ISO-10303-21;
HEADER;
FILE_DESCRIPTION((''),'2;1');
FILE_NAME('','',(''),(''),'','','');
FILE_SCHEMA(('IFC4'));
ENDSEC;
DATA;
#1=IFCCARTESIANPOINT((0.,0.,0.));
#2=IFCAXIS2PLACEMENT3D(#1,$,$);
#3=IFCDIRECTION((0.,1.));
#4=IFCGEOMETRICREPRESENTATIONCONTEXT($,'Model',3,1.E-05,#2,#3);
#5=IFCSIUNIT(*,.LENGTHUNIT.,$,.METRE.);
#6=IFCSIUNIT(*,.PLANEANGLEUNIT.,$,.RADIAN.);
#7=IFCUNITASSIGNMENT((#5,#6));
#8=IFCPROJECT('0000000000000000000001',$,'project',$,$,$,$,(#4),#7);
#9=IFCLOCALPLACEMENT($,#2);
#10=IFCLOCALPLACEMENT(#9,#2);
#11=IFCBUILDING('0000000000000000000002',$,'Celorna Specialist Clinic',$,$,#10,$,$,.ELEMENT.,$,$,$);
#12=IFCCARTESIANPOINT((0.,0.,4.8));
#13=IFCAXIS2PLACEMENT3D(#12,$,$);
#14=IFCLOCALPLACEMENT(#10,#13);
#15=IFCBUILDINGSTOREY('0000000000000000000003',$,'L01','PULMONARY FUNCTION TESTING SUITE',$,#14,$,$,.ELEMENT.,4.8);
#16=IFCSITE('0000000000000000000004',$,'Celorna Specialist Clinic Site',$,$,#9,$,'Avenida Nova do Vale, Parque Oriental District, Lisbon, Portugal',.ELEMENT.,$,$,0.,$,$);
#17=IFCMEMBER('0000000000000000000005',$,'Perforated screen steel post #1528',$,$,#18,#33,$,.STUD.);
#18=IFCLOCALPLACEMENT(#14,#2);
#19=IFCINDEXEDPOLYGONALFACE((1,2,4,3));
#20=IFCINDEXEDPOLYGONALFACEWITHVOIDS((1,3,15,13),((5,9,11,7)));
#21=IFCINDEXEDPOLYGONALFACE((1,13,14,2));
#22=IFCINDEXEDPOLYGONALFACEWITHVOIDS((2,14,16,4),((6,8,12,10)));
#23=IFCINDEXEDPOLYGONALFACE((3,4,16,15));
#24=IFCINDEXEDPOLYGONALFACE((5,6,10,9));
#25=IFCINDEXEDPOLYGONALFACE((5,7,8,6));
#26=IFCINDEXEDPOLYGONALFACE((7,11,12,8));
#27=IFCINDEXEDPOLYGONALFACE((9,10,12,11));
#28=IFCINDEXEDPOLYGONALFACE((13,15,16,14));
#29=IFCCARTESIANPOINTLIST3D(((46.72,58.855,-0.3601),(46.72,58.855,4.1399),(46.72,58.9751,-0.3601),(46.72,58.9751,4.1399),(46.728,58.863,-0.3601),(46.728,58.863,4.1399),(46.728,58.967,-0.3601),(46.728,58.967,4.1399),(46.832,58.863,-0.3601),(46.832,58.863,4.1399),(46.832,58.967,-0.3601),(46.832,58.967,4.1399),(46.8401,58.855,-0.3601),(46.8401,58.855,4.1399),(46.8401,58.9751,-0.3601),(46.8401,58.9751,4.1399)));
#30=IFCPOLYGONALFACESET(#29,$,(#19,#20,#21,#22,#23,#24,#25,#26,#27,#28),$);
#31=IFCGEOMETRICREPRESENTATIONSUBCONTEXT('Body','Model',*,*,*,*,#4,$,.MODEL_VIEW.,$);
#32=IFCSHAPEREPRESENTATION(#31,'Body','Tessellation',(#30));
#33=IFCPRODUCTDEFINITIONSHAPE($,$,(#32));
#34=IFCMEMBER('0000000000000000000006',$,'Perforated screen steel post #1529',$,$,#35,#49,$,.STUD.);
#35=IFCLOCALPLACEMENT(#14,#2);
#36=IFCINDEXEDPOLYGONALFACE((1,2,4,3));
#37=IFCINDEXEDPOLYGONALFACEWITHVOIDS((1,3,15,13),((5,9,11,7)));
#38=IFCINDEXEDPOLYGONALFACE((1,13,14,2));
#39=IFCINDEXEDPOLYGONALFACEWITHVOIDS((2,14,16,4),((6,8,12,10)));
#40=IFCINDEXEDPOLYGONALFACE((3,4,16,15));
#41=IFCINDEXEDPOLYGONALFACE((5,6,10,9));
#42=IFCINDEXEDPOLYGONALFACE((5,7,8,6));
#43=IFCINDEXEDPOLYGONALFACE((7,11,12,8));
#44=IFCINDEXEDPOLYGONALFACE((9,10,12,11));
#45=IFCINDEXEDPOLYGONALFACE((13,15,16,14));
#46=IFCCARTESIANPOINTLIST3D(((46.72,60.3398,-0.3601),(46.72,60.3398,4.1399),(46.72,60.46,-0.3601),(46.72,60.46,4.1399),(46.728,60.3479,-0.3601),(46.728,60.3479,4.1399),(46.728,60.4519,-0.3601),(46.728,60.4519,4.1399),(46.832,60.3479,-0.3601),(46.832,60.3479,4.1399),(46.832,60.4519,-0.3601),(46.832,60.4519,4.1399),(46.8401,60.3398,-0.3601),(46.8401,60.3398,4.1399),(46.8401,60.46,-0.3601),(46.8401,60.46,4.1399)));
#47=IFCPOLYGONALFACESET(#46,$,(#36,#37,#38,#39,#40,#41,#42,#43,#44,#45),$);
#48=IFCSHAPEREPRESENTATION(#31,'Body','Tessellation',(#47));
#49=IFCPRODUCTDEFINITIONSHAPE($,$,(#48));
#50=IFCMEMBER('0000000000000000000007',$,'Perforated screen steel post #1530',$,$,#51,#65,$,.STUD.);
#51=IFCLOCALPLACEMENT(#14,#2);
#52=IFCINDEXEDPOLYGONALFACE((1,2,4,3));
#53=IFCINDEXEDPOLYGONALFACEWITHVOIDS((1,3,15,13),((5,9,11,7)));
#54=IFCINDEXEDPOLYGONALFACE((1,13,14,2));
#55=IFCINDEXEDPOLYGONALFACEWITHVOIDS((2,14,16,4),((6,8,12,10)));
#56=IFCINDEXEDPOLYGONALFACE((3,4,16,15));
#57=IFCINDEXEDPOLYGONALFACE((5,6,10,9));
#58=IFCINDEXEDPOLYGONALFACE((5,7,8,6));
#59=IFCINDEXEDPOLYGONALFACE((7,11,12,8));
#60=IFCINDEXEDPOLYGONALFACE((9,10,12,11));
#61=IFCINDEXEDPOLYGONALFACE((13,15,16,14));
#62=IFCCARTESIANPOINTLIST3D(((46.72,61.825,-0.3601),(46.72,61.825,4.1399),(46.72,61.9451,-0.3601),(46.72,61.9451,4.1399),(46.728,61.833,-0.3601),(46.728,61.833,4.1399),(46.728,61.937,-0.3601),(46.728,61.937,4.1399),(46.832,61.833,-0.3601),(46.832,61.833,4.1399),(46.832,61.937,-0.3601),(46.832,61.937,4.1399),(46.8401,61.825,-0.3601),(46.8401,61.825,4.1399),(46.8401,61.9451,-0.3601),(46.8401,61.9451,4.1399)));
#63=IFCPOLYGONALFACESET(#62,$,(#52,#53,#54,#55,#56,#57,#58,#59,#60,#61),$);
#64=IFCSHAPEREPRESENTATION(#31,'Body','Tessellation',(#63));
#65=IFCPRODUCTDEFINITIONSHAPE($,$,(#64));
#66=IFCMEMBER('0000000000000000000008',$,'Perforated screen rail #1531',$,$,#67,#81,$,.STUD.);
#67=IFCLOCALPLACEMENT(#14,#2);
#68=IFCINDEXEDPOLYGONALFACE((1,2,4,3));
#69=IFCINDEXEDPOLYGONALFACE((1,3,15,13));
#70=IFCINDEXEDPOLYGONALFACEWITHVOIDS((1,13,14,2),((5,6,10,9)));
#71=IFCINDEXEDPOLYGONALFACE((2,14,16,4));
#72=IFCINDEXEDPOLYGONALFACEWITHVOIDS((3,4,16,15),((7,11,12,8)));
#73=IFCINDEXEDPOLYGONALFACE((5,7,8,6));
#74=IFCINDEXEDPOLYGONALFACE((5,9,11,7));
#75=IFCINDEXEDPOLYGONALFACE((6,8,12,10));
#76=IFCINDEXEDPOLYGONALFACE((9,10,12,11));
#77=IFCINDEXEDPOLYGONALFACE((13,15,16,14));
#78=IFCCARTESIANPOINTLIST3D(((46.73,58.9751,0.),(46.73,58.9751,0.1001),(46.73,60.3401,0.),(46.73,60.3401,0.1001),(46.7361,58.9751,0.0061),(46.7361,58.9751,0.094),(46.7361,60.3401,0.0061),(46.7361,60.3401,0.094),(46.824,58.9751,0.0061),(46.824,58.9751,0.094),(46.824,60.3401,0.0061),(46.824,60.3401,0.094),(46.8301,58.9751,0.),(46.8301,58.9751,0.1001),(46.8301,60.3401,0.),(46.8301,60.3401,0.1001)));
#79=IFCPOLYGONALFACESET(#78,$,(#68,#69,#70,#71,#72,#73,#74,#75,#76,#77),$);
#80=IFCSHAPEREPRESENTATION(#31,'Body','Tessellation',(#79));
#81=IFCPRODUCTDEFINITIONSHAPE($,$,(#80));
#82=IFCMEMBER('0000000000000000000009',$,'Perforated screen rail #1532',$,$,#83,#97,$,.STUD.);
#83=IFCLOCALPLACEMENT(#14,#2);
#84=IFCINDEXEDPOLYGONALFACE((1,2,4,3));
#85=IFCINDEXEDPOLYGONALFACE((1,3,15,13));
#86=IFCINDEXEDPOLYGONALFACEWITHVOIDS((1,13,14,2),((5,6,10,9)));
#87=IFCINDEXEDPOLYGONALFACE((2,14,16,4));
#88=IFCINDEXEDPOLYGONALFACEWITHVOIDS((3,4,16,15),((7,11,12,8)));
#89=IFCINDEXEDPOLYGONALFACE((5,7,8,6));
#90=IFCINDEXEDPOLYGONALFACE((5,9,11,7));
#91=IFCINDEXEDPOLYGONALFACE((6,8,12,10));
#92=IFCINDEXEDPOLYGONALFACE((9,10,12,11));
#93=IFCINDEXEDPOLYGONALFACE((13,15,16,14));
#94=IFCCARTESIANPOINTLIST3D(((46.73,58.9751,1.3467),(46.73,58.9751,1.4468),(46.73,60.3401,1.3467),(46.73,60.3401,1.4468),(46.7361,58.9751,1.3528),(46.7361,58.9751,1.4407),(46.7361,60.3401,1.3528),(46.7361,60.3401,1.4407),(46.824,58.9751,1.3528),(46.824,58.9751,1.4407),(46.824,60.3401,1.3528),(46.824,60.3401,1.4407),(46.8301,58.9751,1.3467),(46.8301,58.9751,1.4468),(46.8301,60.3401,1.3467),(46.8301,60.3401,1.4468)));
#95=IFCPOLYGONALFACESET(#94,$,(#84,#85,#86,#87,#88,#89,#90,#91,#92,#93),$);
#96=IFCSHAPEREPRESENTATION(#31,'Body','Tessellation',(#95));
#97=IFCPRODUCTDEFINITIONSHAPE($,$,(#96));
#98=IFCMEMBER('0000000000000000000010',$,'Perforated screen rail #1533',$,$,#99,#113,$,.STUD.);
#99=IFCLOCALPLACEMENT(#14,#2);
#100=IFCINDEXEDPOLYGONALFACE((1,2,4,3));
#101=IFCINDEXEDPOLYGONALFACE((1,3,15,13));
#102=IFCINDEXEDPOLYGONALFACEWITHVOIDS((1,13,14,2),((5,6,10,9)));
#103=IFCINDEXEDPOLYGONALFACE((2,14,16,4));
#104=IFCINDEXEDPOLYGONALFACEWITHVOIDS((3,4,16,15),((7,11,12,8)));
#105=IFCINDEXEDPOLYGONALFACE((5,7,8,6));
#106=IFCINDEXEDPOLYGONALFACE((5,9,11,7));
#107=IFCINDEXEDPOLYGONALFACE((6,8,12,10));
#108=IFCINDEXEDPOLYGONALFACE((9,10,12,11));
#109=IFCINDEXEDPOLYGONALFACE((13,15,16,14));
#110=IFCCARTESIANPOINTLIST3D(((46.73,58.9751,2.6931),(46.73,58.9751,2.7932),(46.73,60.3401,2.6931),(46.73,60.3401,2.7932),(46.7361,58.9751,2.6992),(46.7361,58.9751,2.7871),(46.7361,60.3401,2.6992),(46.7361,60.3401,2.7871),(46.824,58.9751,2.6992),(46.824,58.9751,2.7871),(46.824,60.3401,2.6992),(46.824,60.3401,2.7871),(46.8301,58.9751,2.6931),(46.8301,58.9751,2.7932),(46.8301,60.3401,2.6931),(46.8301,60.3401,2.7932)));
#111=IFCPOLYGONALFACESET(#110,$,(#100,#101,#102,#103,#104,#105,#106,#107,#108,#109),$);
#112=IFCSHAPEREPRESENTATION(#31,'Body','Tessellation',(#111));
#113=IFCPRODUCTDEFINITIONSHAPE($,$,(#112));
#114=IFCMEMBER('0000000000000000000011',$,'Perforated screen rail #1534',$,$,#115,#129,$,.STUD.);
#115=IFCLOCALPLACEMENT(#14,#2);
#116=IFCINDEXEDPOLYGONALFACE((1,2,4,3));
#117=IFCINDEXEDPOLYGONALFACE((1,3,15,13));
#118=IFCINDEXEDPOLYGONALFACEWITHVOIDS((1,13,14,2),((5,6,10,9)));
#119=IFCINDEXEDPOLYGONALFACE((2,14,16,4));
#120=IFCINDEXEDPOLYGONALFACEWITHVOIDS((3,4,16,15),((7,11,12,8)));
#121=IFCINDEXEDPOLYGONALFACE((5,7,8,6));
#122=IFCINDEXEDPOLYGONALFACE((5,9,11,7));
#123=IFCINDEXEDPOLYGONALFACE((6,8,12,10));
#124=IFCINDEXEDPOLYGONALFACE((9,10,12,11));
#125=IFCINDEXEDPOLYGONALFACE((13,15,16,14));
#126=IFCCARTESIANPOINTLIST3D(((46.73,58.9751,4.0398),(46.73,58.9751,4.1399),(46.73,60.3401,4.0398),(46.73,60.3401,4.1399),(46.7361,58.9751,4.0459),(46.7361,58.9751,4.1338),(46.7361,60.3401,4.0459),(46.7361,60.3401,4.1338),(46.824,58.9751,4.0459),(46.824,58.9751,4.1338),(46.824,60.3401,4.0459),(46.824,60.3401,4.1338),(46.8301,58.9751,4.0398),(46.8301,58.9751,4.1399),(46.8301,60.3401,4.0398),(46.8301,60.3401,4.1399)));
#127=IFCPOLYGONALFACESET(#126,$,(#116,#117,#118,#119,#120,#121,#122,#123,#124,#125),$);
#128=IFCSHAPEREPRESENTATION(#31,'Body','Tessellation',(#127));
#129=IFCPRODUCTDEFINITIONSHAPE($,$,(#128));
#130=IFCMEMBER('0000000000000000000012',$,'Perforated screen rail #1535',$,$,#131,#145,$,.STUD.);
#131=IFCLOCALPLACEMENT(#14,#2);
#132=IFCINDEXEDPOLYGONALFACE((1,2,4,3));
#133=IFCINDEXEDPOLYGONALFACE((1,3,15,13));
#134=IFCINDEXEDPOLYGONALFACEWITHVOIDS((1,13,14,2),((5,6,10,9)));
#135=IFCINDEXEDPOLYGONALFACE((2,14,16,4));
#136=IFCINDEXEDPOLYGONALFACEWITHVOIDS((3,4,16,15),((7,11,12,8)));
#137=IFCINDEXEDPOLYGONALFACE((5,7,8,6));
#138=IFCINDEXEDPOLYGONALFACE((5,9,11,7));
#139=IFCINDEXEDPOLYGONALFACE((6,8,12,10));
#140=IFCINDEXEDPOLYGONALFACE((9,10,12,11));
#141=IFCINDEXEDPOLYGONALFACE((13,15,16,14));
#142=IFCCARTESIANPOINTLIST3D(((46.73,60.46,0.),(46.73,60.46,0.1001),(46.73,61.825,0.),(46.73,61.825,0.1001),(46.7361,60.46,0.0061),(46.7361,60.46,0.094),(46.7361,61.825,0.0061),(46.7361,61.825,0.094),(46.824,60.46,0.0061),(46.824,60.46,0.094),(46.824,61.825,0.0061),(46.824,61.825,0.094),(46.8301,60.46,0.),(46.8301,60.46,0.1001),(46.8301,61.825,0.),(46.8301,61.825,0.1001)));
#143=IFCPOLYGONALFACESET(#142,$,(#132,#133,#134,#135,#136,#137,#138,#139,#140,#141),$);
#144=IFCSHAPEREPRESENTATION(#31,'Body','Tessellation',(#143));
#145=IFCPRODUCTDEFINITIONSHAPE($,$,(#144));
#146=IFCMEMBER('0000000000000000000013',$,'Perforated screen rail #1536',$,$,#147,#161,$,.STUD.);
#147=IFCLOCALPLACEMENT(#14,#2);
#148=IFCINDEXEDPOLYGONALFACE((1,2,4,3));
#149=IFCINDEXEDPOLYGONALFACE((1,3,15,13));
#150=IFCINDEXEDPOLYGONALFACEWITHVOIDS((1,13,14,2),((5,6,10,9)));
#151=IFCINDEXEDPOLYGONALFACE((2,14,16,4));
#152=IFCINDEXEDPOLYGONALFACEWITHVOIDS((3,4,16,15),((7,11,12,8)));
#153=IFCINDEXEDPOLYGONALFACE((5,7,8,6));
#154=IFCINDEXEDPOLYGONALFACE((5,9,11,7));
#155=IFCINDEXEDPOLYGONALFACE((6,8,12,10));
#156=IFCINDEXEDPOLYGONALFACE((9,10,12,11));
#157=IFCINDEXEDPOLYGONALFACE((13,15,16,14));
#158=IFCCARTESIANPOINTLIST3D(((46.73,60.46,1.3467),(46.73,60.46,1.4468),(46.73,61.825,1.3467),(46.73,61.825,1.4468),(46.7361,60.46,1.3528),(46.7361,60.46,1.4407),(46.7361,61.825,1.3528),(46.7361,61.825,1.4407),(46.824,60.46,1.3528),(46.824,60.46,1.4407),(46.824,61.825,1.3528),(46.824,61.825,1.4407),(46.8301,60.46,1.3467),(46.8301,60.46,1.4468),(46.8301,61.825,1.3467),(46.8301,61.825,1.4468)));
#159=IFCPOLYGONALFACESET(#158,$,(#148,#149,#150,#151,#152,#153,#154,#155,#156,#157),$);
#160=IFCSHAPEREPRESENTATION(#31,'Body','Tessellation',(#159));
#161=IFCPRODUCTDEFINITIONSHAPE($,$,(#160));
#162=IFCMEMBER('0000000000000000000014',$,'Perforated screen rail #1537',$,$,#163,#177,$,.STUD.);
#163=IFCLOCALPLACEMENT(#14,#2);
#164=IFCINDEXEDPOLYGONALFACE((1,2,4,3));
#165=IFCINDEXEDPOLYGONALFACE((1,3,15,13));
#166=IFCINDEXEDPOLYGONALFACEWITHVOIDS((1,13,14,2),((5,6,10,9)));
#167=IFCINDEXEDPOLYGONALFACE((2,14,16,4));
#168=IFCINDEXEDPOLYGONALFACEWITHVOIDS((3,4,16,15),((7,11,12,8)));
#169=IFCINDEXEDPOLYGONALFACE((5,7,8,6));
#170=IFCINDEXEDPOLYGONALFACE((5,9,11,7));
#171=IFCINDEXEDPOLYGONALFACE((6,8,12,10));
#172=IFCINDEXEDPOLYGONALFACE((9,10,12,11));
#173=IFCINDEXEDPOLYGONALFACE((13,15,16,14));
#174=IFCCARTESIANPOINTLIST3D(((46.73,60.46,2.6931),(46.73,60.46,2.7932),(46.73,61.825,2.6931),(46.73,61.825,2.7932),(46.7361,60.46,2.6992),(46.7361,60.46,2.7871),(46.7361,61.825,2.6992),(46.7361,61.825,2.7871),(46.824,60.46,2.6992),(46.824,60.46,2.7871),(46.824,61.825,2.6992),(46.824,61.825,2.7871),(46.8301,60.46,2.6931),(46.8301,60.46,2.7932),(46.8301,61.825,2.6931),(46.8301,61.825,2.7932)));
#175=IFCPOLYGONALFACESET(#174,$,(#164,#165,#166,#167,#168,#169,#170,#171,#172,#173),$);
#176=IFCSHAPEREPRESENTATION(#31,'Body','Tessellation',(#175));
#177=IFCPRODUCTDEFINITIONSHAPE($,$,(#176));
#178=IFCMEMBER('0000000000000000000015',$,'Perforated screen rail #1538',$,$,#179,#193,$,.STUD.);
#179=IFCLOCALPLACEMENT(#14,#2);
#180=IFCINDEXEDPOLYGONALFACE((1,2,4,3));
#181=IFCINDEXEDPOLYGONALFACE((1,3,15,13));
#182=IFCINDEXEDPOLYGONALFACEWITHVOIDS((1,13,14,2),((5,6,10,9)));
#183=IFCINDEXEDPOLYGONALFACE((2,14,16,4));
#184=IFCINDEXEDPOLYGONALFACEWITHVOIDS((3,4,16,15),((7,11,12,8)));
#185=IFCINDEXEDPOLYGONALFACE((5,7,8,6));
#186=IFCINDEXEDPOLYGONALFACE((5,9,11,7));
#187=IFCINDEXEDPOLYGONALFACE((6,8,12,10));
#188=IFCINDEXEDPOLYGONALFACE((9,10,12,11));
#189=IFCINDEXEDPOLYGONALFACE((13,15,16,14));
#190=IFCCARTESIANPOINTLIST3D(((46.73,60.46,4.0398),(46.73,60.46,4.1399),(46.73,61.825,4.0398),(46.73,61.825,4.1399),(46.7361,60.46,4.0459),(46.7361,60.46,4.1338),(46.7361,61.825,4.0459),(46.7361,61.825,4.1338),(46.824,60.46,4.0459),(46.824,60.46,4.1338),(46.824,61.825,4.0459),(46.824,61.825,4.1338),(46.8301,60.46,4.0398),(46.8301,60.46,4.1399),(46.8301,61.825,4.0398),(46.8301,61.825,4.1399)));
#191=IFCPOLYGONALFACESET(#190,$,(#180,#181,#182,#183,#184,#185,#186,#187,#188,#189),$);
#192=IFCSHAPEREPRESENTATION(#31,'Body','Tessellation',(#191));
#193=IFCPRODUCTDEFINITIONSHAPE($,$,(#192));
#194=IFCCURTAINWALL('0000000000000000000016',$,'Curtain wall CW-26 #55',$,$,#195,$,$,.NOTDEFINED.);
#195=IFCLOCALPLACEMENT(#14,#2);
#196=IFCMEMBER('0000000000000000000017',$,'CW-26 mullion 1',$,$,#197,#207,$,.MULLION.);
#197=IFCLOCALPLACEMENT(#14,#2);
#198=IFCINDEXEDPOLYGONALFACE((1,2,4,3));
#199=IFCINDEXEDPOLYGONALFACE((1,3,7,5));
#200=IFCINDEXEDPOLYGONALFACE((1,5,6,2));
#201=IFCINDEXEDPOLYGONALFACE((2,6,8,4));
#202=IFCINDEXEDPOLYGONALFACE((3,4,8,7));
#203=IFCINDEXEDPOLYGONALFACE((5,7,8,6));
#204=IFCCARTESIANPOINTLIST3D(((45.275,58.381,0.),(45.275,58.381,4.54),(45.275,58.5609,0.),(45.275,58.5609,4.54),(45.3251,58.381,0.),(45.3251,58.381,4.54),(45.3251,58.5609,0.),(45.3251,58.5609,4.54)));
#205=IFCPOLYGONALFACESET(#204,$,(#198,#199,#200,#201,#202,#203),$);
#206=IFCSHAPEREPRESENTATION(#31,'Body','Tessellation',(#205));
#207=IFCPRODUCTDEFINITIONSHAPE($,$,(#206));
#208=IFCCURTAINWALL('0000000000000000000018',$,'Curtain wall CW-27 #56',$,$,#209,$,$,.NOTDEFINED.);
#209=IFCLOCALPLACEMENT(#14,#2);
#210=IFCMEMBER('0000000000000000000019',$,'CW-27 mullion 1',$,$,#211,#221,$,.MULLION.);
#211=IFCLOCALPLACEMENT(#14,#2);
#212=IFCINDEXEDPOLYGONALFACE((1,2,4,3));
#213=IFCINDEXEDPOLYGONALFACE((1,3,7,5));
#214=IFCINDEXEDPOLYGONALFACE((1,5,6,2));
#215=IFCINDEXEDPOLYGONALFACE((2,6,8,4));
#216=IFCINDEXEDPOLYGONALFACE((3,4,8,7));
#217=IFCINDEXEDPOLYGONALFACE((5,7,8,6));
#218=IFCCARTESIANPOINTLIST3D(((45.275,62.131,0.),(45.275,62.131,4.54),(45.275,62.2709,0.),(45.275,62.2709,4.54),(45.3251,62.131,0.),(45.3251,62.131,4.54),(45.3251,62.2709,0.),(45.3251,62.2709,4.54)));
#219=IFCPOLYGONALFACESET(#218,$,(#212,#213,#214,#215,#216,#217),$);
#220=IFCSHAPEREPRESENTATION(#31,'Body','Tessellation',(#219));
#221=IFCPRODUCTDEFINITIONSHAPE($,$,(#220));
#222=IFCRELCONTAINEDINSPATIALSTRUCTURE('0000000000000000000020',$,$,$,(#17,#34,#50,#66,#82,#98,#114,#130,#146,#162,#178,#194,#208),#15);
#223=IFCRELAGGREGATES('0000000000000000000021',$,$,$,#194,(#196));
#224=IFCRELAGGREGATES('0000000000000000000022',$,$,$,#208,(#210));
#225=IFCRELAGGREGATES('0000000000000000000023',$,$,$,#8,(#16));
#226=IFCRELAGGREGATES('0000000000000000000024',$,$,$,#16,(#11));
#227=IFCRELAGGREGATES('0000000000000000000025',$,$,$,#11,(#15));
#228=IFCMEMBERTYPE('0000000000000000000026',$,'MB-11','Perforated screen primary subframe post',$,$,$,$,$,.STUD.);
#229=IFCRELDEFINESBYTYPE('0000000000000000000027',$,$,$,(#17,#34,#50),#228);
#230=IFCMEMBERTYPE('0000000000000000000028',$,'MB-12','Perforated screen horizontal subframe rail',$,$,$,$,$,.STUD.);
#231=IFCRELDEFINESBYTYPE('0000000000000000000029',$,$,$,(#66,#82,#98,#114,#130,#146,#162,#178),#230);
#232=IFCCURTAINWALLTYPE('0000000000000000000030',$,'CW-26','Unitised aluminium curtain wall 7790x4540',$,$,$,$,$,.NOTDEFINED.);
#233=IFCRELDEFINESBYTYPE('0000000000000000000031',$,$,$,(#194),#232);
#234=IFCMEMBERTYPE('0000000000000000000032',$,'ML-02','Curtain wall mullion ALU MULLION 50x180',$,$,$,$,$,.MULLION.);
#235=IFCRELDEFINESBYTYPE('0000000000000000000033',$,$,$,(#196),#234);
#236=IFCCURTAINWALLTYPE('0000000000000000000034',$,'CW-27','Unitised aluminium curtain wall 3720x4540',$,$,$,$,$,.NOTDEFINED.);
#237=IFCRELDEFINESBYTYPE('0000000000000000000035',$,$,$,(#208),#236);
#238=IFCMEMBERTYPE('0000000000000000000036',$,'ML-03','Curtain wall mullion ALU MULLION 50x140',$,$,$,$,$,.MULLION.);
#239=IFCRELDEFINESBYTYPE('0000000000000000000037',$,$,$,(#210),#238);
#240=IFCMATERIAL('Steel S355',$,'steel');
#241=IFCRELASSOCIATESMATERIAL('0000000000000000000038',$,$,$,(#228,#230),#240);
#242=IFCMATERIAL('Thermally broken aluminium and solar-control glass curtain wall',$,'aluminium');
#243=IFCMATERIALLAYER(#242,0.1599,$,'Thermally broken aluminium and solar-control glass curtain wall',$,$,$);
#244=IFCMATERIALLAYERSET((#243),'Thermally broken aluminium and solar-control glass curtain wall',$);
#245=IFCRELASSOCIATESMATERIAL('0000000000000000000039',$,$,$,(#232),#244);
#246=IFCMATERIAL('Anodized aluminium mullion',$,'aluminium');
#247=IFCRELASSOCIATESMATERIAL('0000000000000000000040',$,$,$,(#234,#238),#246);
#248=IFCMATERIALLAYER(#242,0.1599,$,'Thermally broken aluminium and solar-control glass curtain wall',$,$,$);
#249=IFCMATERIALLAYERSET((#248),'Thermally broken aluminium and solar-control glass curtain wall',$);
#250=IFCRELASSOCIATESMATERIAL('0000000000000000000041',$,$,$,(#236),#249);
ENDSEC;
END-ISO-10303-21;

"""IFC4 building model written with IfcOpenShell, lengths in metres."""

from ifc_helpers import new_model, si_unit, direction, frame, origin, origin_2d, place, context, subcontext, project, spatial, rectangle, hollow_rectangle, extrude, material, layer, layer_set, material_profile, profile_set, type_object, element, aggregate, save


model = new_model("IFC4")

# Units and contexts
model_context = context("Model", 3, precision=1e-05, world=origin(), true_north=direction((0.0, 1.0)))
body_context = subcontext(model_context, "Body", "Model", "MODEL_VIEW")
ifc_project = project(units=[si_unit("LENGTHUNIT", "METRE"), si_unit("PLANEANGLEUNIT", "RADIAN")], contexts=[model_context])

# Site, building, storey
site_placement = place(None, origin())
site = spatial("IfcSite", under=ifc_project, at=site_placement, Name="Celorna Specialist Clinic Site", LongName="Avenida Nova do Vale, Parque Oriental District, Lisbon, Portugal", CompositionType="ELEMENT", RefElevation=0.0)
building_placement = place(site_placement, origin())
building = spatial("IfcBuilding", under=site, at=building_placement, Name="Celorna Specialist Clinic", CompositionType="ELEMENT")
storey_placement = place(building_placement, frame((0.0, 0.0, 4.8)))
storey = spatial("IfcBuildingStorey", under=building, at=storey_placement, Name="L01", Description="PULMONARY FUNCTION TESTING SUITE", CompositionType="ELEMENT", Elevation=4.8)

# Members
ifc_material_1 = material(Name="Steel S355", Category="steel")
ifc_material_profile_1 = material_profile(ifc_material_1, hollow_rectangle(XDim=0.1201, YDim=0.1201, WallThickness=0.0081, at=origin_2d()), Name="SHS 120x120x8")
ifc_profile_set_1 = profile_set([ifc_material_profile_1], Name="Steel S355")
member_type_1 = type_object("IfcMemberType", Name="MB-11", Description="Perforated screen primary subframe post", PredefinedType="STUD", material=ifc_profile_set_1)
for number, where, z_axis, x_axis, name in (
    (1, (46.78, 58.915, -0.3601), (0.0, 0.0, 1.0), (1.0, 0.0, 0.0), "Perforated screen steel post #1528"),
    (2, (46.78, 60.3999, -0.3601), (0.0, 0.0, 1.0), (1.0, 0.0, 0.0), "Perforated screen steel post #1529"),
    (3, (46.78, 61.885, -0.3601), (0.0, 0.0, 1.0), (1.0, 0.0, 0.0), "Perforated screen steel post #1530"),
):
    element("IfcMember", number, at=place(storey_placement, frame(where, z_axis=z_axis, x_axis=x_axis)), inside=storey, type_object=member_type_1, Name=name, PredefinedType="STUD", context=body_context, shape_type="SweptSolid", body=[
        extrude(hollow_rectangle(XDim=0.1201, YDim=0.1201, WallThickness=0.0081, at=origin_2d()), origin(), (0.0, 0.0, 1.0), 4.5),
    ])
ifc_material_profile_2 = material_profile(ifc_material_1, hollow_rectangle(XDim=0.1001, YDim=0.1001, WallThickness=0.0061, at=origin_2d()), Name="SHS 100x100x6")
ifc_profile_set_2 = profile_set([ifc_material_profile_2], Name="Steel S355")
member_type_2 = type_object("IfcMemberType", Name="MB-12", Description="Perforated screen horizontal subframe rail", PredefinedType="STUD", material=ifc_profile_set_2)
for number, where, z_axis, x_axis, name in (
    (4, (46.78, 58.9751, 0.05), (0.0, 1.0, 0.0), (-1.0, 0.0, 0.0), "Perforated screen rail #1531"),
    (5, (46.78, 58.9751, 1.3967), (0.0, 1.0, 0.0), (-1.0, 0.0, 0.0), "Perforated screen rail #1532"),
    (6, (46.78, 58.9751, 2.7432), (0.0, 1.0, 0.0), (-1.0, 0.0, 0.0), "Perforated screen rail #1533"),
    (7, (46.78, 58.9751, 4.0898), (0.0, 1.0, 0.0), (-1.0, 0.0, 0.0), "Perforated screen rail #1534"),
    (8, (46.78, 60.46, 0.05), (0.0, 1.0, 0.0), (-1.0, 0.0, 0.0), "Perforated screen rail #1535"),
    (9, (46.78, 60.46, 1.3967), (0.0, 1.0, 0.0), (-1.0, 0.0, 0.0), "Perforated screen rail #1536"),
    (10, (46.78, 60.46, 2.7432), (0.0, 1.0, 0.0), (-1.0, 0.0, 0.0), "Perforated screen rail #1537"),
    (11, (46.78, 60.46, 4.0898), (0.0, 1.0, 0.0), (-1.0, 0.0, 0.0), "Perforated screen rail #1538"),
):
    element("IfcMember", number, at=place(storey_placement, frame(where, z_axis=z_axis, x_axis=x_axis)), inside=storey, type_object=member_type_2, Name=name, PredefinedType="STUD", context=body_context, shape_type="SweptSolid", body=[
        extrude(hollow_rectangle(XDim=0.1001, YDim=0.1001, WallThickness=0.0061, at=origin_2d()), origin(), (0.0, 0.0, 1.0), 1.365),
    ])

# Curtain wall, member
ifc_material_2 = material(Name="Thermally broken aluminium and solar-control glass curtain wall", Category="aluminium")
ifc_layer_1 = layer(ifc_material_2, 0.1599, Name="Thermally broken aluminium and solar-control glass curtain wall")
ifc_layer_set_1 = layer_set([ifc_layer_1], Name="Thermally broken aluminium and solar-control glass curtain wall")
curtain_wall_type_1 = type_object("IfcCurtainWallType", Name="CW-26", Description="Unitised aluminium curtain wall 7790x4540", PredefinedType="NOTDEFINED", material=ifc_layer_set_1)
curtain_wall_1_placement = place(storey_placement, origin())
curtain_wall_1 = element("IfcCurtainWall", 12, at=curtain_wall_1_placement, inside=storey, type_object=curtain_wall_type_1, Name="Curtain wall CW-26 #55", PredefinedType="NOTDEFINED")
ifc_material_3 = material(Name="Anodized aluminium mullion", Category="aluminium")
ifc_material_profile_3 = material_profile(ifc_material_3, rectangle(XDim=0.05, YDim=0.1799, at=origin_2d()), Name="ALU MULLION 50x180")
ifc_profile_set_3 = profile_set([ifc_material_profile_3], Name="Anodized aluminium mullion")
member_type_3 = type_object("IfcMemberType", Name="ML-02", Description="Curtain wall mullion ALU MULLION 50x180", PredefinedType="MULLION", material=ifc_profile_set_3)
member_1_placement = place(storey_placement, frame((45.3, 58.4709, 0.0), z_axis=(0.0, 0.0, 1.0), x_axis=(1.0, 0.0, 0.0)))
member_1 = element("IfcMember", 13, at=member_1_placement, type_object=member_type_3, Name="CW-26 mullion 1", PredefinedType="MULLION", context=body_context, shape_type="SweptSolid", body=[
    extrude(rectangle(XDim=0.05, YDim=0.1799, at=origin_2d()), origin(), (0.0, 0.0, 1.0), 4.54),
])

# Curtain wall, member
ifc_layer_2 = layer(ifc_material_2, 0.1599, Name="Thermally broken aluminium and solar-control glass curtain wall")
ifc_layer_set_2 = layer_set([ifc_layer_2], Name="Thermally broken aluminium and solar-control glass curtain wall")
curtain_wall_type_2 = type_object("IfcCurtainWallType", Name="CW-27", Description="Unitised aluminium curtain wall 3720x4540", PredefinedType="NOTDEFINED", material=ifc_layer_set_2)
curtain_wall_2_placement = place(storey_placement, origin())
curtain_wall_2 = element("IfcCurtainWall", 14, at=curtain_wall_2_placement, inside=storey, type_object=curtain_wall_type_2, Name="Curtain wall CW-27 #56", PredefinedType="NOTDEFINED")
ifc_material_profile_4 = material_profile(ifc_material_3, rectangle(XDim=0.05, YDim=0.1399, at=origin_2d()), Name="ALU MULLION 50x140")
ifc_profile_set_4 = profile_set([ifc_material_profile_4], Name="Anodized aluminium mullion")
member_type_4 = type_object("IfcMemberType", Name="ML-03", Description="Curtain wall mullion ALU MULLION 50x140", PredefinedType="MULLION", material=ifc_profile_set_4)
member_2_placement = place(storey_placement, frame((45.3, 62.2009, 0.0), z_axis=(0.0, 0.0, 1.0), x_axis=(1.0, 0.0, 0.0)))
member_2 = element("IfcMember", 15, at=member_2_placement, type_object=member_type_4, Name="CW-27 mullion 1", PredefinedType="MULLION", context=body_context, shape_type="SweptSolid", body=[
    extrude(rectangle(XDim=0.05, YDim=0.1399, at=origin_2d()), origin(), (0.0, 0.0, 1.0), 4.54),
])

aggregate(curtain_wall_1, [member_1])

aggregate(curtain_wall_2, [member_2])

save(model, "model.ifc")
